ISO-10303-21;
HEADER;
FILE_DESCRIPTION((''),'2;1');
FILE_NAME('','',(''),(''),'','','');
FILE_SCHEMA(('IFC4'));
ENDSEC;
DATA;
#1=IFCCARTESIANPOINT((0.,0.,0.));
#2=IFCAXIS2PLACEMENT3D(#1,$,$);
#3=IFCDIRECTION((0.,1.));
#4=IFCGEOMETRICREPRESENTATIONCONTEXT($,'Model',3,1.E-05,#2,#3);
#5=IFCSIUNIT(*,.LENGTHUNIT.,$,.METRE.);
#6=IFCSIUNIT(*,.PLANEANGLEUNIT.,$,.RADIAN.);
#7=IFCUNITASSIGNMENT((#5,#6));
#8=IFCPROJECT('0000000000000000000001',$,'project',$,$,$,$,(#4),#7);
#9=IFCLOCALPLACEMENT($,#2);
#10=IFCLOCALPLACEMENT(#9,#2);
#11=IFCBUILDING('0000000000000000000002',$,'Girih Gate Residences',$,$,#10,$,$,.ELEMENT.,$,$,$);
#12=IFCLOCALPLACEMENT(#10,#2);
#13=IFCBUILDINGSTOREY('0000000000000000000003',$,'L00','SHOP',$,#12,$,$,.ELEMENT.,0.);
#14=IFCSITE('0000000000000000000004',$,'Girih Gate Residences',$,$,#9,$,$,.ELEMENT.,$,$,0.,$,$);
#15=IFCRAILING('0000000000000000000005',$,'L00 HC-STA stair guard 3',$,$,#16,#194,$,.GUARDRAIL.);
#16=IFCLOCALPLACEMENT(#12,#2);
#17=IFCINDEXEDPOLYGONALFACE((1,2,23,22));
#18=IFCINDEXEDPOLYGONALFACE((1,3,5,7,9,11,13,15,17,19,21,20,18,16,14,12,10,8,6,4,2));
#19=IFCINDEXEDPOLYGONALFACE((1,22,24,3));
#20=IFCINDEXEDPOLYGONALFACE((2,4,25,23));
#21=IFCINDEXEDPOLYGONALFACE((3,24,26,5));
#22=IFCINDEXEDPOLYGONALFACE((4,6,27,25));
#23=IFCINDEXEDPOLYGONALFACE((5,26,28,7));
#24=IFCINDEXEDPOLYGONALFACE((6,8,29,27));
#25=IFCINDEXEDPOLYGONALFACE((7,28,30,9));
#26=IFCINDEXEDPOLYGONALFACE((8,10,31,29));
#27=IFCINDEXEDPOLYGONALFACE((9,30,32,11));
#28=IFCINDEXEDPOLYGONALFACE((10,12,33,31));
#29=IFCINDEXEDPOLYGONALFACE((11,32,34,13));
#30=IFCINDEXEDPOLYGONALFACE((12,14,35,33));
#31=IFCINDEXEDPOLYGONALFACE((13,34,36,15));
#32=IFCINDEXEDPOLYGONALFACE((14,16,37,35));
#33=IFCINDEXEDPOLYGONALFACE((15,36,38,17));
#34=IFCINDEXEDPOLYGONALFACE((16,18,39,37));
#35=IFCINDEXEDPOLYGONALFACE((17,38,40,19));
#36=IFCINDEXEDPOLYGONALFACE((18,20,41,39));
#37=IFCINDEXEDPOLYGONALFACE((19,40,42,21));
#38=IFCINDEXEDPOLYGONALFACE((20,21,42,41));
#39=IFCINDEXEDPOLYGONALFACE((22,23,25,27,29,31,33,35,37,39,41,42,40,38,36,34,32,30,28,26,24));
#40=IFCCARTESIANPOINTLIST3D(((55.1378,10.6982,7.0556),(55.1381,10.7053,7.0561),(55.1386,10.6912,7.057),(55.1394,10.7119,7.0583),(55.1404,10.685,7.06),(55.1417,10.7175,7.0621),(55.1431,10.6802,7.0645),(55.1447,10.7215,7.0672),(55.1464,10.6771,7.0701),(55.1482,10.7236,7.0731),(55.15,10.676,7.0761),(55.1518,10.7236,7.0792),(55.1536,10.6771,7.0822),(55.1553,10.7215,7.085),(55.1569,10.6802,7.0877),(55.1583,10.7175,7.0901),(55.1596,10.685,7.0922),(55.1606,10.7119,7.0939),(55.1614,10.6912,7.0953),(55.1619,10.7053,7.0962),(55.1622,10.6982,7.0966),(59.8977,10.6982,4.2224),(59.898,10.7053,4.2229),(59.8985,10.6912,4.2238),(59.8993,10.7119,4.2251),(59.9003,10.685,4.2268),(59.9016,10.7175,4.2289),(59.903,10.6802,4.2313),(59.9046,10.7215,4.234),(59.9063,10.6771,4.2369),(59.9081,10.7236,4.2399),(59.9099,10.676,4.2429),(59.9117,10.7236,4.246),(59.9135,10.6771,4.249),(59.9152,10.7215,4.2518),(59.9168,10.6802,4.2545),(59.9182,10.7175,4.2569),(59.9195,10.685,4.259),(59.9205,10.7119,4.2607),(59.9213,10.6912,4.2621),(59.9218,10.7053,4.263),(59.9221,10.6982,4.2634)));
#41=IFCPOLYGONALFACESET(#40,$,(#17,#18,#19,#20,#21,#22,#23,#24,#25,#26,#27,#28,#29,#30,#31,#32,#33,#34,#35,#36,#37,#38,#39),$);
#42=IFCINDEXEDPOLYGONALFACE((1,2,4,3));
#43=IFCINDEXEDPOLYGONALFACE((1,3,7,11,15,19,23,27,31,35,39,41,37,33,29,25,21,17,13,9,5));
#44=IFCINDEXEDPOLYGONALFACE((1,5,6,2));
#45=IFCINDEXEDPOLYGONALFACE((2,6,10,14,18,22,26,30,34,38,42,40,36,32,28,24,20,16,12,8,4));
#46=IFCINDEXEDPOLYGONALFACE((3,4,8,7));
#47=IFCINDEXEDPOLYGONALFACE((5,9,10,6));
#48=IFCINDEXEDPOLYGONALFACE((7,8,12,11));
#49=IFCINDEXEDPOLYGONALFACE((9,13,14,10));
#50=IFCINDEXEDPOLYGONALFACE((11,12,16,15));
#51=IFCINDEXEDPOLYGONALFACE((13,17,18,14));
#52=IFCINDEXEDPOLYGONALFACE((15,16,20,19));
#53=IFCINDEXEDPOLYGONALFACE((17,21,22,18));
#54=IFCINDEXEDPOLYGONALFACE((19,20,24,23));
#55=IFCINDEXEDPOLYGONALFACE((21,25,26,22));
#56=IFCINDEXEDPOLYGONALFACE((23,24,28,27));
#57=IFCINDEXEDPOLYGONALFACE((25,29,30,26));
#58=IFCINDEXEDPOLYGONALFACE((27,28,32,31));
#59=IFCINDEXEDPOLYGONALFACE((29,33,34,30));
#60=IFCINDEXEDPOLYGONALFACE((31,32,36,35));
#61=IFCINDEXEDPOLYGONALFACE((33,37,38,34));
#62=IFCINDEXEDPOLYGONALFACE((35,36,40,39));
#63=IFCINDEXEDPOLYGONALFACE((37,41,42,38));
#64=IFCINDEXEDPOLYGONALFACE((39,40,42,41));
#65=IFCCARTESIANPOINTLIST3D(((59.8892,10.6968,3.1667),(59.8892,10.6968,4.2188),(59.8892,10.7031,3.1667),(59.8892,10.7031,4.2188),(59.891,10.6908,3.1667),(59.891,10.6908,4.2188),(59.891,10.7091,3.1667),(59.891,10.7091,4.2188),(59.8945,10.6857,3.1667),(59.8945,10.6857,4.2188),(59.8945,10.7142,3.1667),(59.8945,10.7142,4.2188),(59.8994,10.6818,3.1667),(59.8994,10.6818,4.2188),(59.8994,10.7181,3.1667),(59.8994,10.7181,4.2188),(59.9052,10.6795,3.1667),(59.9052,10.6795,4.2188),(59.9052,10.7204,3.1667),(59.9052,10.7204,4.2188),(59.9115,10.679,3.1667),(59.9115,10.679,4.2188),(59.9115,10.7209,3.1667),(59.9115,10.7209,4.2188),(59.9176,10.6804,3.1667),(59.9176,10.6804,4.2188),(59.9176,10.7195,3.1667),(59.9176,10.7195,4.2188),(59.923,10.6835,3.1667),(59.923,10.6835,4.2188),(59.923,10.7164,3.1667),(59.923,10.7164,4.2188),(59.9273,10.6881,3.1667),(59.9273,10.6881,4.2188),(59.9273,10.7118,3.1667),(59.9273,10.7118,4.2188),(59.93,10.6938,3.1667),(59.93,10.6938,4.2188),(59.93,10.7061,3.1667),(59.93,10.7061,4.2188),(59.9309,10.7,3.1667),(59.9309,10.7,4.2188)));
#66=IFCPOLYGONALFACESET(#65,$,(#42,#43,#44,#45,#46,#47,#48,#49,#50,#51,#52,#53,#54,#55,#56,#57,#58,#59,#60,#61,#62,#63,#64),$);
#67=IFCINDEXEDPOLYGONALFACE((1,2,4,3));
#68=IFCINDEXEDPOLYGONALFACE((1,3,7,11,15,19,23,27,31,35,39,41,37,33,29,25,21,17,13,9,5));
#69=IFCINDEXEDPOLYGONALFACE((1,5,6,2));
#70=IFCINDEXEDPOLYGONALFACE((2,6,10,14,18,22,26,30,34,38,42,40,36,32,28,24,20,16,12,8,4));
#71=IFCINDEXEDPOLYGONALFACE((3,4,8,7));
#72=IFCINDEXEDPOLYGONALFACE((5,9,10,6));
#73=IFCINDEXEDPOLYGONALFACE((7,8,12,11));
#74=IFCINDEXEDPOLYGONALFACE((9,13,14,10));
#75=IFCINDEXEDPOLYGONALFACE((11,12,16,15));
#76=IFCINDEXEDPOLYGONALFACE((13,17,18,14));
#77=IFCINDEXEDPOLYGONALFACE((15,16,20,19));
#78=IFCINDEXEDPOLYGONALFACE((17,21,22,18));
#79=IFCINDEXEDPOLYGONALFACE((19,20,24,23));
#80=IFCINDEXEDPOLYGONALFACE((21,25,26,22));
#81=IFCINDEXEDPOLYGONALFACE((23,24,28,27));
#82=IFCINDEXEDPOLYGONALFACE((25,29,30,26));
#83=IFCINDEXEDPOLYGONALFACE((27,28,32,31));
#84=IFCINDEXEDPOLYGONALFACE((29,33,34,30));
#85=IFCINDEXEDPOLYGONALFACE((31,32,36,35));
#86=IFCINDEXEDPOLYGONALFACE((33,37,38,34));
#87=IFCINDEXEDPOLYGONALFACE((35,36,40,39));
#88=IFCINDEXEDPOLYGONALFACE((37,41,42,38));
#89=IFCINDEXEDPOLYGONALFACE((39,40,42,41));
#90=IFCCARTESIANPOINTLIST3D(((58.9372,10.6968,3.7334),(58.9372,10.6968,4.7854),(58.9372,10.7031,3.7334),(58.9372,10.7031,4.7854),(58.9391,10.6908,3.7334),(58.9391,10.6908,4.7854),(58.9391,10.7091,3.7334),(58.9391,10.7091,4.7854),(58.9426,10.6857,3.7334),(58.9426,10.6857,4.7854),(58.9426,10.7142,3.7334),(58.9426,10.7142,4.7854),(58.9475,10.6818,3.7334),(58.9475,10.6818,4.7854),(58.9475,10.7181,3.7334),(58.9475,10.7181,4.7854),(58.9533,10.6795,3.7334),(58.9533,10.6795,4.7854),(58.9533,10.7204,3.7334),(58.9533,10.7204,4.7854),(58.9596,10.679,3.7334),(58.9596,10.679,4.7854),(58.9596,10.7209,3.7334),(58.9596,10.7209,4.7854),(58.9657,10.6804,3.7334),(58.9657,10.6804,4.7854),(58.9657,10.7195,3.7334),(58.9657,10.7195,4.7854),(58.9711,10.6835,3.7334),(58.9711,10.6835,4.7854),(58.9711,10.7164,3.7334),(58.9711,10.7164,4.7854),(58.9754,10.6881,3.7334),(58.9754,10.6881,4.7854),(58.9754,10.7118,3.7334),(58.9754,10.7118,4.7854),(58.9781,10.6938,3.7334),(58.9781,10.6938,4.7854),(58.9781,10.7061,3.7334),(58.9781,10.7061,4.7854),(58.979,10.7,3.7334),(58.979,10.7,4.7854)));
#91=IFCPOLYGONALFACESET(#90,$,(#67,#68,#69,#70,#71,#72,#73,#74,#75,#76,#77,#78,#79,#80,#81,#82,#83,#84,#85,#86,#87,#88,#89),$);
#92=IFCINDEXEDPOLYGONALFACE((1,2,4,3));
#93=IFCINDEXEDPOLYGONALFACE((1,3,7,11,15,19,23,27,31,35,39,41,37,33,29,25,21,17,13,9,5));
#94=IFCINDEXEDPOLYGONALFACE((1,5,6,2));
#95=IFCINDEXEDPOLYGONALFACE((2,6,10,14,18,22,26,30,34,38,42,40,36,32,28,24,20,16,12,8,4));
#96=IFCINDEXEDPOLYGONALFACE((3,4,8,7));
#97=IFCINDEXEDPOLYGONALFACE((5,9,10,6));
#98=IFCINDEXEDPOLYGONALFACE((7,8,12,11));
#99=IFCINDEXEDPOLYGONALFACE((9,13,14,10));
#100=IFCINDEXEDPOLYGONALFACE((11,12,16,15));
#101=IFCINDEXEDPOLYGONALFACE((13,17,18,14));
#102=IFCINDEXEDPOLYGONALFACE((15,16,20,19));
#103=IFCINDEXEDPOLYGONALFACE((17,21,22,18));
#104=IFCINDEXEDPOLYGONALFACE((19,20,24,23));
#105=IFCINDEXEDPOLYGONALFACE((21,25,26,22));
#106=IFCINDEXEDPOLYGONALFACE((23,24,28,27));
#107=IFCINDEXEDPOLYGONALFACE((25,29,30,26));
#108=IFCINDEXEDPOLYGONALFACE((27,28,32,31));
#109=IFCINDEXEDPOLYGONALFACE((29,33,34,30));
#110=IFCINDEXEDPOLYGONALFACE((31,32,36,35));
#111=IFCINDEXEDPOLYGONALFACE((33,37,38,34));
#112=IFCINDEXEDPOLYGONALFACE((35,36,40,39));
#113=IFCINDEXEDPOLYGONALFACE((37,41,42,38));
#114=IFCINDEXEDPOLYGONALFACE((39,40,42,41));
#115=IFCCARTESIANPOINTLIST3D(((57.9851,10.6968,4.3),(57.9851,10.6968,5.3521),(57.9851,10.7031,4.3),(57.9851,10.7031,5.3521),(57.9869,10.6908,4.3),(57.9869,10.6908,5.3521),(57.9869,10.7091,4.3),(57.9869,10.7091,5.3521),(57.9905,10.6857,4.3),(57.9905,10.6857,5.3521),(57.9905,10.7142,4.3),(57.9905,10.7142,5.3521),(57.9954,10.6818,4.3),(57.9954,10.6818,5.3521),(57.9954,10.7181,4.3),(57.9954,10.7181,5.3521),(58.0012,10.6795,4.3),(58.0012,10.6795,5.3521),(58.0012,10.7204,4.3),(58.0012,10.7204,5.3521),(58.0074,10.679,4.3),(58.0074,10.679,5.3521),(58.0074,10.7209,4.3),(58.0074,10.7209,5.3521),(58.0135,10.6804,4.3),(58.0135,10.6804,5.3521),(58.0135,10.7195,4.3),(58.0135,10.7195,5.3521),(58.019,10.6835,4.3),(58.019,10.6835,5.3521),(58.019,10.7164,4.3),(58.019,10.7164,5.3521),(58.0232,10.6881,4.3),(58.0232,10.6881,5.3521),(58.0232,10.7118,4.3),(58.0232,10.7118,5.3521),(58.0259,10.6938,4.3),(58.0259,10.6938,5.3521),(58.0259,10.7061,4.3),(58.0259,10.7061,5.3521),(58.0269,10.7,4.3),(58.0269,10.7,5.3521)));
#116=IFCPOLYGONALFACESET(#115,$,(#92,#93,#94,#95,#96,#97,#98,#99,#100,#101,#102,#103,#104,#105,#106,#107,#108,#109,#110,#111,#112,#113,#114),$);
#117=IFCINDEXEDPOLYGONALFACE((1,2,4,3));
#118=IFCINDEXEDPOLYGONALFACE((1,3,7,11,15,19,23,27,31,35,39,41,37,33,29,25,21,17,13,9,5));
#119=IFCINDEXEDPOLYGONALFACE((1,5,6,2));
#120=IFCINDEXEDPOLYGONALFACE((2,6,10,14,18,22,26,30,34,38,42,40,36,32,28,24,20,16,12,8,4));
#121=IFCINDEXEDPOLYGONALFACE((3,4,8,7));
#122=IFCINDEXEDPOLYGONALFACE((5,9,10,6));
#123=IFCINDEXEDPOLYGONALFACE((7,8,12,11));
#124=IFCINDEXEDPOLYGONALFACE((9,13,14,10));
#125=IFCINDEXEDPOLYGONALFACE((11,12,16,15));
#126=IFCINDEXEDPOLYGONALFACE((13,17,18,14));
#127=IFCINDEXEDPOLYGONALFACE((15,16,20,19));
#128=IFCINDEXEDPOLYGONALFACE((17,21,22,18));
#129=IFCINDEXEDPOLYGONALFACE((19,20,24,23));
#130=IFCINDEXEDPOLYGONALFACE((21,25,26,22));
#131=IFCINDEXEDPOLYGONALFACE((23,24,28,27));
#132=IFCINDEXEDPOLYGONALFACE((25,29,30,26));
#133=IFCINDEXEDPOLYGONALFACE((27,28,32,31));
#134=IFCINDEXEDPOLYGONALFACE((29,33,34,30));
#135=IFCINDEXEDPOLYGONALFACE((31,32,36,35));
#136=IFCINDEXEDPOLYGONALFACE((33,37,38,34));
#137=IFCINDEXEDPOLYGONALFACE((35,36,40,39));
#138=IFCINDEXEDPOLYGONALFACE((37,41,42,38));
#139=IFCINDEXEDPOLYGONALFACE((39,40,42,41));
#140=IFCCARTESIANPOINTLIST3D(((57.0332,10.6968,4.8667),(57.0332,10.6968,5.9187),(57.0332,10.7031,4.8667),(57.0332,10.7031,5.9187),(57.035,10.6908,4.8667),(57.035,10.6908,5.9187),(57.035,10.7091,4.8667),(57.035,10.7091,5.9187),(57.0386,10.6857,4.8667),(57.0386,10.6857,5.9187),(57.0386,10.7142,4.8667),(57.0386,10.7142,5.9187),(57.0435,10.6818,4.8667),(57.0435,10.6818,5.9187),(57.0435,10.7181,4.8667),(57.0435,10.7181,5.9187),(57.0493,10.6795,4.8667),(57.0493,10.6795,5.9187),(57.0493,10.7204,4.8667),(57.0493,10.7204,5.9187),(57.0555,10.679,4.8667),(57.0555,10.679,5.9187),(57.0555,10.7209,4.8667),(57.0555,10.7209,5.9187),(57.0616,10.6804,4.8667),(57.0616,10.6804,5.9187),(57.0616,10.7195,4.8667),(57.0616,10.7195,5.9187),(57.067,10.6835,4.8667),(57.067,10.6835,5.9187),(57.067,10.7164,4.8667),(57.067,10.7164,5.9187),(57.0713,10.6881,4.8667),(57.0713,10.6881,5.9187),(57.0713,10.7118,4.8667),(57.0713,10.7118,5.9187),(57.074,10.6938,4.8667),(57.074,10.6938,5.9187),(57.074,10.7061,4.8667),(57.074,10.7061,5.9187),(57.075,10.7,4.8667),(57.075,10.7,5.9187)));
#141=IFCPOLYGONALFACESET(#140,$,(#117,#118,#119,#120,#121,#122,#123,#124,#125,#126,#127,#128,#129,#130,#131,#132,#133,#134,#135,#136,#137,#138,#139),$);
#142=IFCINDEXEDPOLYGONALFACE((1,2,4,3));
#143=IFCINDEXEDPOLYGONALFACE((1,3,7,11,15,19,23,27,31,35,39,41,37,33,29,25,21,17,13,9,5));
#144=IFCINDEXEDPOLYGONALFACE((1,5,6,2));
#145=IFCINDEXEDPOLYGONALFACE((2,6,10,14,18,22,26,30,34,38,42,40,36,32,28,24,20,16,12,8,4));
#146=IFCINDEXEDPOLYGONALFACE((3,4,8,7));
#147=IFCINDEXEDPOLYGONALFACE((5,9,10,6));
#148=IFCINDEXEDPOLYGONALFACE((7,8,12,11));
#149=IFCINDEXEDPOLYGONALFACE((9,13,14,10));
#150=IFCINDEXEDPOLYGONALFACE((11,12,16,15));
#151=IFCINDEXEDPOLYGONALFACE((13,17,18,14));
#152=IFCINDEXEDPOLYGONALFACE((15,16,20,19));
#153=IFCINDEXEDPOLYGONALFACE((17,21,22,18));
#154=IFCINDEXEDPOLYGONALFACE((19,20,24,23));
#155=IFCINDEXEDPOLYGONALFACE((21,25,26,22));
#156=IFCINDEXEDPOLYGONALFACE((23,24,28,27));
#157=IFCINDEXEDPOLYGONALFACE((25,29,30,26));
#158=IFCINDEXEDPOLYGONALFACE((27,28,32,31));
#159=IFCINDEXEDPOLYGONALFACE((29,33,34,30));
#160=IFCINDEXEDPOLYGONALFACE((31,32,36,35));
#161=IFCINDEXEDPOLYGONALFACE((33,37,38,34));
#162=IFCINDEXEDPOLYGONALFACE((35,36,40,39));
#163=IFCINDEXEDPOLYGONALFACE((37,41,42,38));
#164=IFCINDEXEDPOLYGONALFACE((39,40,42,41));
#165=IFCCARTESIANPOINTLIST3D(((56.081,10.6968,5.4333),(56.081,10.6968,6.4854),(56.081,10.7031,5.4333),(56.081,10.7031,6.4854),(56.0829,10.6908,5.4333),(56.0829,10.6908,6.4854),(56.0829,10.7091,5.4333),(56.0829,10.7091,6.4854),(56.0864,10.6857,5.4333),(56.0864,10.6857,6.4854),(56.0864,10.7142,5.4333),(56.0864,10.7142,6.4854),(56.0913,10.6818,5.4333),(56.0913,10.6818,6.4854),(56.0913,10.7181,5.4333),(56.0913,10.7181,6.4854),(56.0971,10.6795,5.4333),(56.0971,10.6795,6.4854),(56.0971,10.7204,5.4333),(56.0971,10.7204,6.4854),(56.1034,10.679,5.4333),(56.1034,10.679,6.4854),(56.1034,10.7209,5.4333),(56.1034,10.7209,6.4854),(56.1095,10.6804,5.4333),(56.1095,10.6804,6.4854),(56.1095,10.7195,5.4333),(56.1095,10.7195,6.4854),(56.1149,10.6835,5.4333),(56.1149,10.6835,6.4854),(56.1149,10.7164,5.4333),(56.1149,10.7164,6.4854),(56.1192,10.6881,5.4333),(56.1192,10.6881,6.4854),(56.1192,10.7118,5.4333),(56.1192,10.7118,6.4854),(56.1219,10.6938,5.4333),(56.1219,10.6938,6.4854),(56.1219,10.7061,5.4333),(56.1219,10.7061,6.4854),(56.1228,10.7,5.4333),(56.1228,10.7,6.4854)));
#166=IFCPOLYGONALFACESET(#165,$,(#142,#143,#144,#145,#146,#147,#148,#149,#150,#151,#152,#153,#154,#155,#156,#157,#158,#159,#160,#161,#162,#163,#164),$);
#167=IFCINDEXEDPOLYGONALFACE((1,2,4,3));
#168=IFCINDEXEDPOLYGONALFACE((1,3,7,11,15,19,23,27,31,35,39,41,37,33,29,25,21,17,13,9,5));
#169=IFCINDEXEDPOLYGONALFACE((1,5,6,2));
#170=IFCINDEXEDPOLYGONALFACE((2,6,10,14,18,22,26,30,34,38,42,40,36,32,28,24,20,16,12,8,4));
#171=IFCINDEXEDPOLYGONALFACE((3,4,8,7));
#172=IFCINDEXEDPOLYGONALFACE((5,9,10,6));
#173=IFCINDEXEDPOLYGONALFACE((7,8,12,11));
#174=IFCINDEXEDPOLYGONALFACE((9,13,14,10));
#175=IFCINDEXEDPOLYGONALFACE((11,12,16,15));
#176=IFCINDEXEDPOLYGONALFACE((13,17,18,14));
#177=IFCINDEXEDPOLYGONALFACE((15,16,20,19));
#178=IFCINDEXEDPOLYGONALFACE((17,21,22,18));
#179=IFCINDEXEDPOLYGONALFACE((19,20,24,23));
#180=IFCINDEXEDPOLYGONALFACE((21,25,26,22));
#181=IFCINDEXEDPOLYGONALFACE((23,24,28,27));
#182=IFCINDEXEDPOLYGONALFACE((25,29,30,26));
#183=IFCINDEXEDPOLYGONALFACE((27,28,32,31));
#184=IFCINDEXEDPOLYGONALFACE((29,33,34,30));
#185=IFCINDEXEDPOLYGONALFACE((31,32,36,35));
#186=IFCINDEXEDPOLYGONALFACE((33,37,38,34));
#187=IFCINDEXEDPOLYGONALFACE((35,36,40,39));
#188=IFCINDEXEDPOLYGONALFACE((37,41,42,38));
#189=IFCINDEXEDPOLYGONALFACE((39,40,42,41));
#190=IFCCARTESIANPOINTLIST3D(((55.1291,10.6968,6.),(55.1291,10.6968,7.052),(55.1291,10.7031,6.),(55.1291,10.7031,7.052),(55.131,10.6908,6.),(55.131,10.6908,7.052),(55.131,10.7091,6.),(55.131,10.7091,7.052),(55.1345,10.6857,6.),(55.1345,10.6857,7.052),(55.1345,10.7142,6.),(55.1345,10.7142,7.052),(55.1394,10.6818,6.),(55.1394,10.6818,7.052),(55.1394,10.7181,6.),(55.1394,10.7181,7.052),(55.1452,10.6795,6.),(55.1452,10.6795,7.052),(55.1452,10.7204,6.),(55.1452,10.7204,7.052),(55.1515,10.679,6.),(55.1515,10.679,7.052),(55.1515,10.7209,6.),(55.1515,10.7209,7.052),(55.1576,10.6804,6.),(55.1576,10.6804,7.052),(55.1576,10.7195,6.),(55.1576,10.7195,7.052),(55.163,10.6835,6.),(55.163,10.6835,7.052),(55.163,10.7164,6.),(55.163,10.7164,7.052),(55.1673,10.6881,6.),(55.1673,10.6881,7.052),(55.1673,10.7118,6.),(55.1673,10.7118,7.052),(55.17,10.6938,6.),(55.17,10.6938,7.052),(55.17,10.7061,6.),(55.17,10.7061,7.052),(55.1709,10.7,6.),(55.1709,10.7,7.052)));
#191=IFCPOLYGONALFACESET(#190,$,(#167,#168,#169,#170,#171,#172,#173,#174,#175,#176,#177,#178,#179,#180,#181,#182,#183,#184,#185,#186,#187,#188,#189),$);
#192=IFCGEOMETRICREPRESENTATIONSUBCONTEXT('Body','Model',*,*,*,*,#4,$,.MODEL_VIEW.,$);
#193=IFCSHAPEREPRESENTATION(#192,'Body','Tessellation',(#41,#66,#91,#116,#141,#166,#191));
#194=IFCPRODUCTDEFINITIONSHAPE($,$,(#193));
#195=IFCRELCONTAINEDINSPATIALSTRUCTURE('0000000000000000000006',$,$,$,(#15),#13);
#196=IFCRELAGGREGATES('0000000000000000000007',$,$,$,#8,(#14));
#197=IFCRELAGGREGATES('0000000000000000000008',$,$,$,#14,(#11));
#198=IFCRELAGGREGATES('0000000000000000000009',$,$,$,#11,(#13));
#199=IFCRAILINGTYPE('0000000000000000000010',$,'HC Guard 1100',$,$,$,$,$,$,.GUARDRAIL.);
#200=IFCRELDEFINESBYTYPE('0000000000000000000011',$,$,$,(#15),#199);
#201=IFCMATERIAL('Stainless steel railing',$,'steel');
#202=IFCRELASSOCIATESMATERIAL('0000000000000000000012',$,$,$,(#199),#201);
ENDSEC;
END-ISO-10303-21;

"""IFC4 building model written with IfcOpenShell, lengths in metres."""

from ifc_helpers import new_model, si_unit, direction, frame, origin, origin_2d, place, context, subcontext, project, spatial, circle, extrude, material, type_object, element, save


model = new_model("IFC4")

# Units and contexts
model_context = context("Model", 3, precision=1e-05, world=origin(), true_north=direction((0.0, 1.0)))
body_context = subcontext(model_context, "Body", "Model", "MODEL_VIEW")
ifc_project = project(units=[si_unit("LENGTHUNIT", "METRE"), si_unit("PLANEANGLEUNIT", "RADIAN")], contexts=[model_context])

# Site, building, storey
site_placement = place(None, origin())
site = spatial("IfcSite", under=ifc_project, at=site_placement, Name="Girih Gate Residences", CompositionType="ELEMENT", RefElevation=0.0)
building_placement = place(site_placement, origin())
building = spatial("IfcBuilding", under=site, at=building_placement, Name="Girih Gate Residences", CompositionType="ELEMENT")
storey_placement = place(building_placement, origin())
storey = spatial("IfcBuildingStorey", under=building, at=storey_placement, Name="L00", Description="SHOP", CompositionType="ELEMENT", Elevation=0.0)

# Railing
ifc_material_1 = material(Name="Stainless steel railing", Category="steel")
railing_type_1 = type_object("IfcRailingType", Name="HC Guard 1100", PredefinedType="GUARDRAIL", material=ifc_material_1)
railing_1_placement = place(storey_placement, frame((59.9099, 10.7, 3.1667)))
element("IfcRailing", 1, at=railing_1_placement, inside=storey, type_object=railing_type_1, Name="L00 HC-STA stair guard 3", PredefinedType="GUARDRAIL", context=body_context, shape_type="SweptSolid", body=[
    extrude(circle(Radius=0.0239, at=origin_2d()), frame((0.0, 0.0, 1.0762), z_axis=(-0.8593, 0.0, 0.511472), x_axis=(0.0, -1.0, 0.0)), (0.0, 0.0, 1.0), 5.5393),
    extrude(circle(Radius=0.021, at=origin_2d()), origin(), (0.0, 0.0, 1.0), 1.052),
    extrude(circle(Radius=0.021, at=origin_2d()), frame((-0.9519, 0.0, 0.5667)), (0.0, 0.0, 1.0), 1.052),
    extrude(circle(Radius=0.021, at=origin_2d()), frame((-1.9041, 0.0, 1.1333)), (0.0, 0.0, 1.0), 1.052),
    extrude(circle(Radius=0.021, at=origin_2d()), frame((-2.856, 0.0, 1.7)), (0.0, 0.0, 1.0), 1.052),
    extrude(circle(Radius=0.021, at=origin_2d()), frame((-3.8081, 0.0, 2.2666)), (0.0, 0.0, 1.0), 1.052),
    extrude(circle(Radius=0.021, at=origin_2d()), frame((-4.76, 0.0, 2.8333)), (0.0, 0.0, 1.0), 1.052),
])

save(model, "model.ifc")
